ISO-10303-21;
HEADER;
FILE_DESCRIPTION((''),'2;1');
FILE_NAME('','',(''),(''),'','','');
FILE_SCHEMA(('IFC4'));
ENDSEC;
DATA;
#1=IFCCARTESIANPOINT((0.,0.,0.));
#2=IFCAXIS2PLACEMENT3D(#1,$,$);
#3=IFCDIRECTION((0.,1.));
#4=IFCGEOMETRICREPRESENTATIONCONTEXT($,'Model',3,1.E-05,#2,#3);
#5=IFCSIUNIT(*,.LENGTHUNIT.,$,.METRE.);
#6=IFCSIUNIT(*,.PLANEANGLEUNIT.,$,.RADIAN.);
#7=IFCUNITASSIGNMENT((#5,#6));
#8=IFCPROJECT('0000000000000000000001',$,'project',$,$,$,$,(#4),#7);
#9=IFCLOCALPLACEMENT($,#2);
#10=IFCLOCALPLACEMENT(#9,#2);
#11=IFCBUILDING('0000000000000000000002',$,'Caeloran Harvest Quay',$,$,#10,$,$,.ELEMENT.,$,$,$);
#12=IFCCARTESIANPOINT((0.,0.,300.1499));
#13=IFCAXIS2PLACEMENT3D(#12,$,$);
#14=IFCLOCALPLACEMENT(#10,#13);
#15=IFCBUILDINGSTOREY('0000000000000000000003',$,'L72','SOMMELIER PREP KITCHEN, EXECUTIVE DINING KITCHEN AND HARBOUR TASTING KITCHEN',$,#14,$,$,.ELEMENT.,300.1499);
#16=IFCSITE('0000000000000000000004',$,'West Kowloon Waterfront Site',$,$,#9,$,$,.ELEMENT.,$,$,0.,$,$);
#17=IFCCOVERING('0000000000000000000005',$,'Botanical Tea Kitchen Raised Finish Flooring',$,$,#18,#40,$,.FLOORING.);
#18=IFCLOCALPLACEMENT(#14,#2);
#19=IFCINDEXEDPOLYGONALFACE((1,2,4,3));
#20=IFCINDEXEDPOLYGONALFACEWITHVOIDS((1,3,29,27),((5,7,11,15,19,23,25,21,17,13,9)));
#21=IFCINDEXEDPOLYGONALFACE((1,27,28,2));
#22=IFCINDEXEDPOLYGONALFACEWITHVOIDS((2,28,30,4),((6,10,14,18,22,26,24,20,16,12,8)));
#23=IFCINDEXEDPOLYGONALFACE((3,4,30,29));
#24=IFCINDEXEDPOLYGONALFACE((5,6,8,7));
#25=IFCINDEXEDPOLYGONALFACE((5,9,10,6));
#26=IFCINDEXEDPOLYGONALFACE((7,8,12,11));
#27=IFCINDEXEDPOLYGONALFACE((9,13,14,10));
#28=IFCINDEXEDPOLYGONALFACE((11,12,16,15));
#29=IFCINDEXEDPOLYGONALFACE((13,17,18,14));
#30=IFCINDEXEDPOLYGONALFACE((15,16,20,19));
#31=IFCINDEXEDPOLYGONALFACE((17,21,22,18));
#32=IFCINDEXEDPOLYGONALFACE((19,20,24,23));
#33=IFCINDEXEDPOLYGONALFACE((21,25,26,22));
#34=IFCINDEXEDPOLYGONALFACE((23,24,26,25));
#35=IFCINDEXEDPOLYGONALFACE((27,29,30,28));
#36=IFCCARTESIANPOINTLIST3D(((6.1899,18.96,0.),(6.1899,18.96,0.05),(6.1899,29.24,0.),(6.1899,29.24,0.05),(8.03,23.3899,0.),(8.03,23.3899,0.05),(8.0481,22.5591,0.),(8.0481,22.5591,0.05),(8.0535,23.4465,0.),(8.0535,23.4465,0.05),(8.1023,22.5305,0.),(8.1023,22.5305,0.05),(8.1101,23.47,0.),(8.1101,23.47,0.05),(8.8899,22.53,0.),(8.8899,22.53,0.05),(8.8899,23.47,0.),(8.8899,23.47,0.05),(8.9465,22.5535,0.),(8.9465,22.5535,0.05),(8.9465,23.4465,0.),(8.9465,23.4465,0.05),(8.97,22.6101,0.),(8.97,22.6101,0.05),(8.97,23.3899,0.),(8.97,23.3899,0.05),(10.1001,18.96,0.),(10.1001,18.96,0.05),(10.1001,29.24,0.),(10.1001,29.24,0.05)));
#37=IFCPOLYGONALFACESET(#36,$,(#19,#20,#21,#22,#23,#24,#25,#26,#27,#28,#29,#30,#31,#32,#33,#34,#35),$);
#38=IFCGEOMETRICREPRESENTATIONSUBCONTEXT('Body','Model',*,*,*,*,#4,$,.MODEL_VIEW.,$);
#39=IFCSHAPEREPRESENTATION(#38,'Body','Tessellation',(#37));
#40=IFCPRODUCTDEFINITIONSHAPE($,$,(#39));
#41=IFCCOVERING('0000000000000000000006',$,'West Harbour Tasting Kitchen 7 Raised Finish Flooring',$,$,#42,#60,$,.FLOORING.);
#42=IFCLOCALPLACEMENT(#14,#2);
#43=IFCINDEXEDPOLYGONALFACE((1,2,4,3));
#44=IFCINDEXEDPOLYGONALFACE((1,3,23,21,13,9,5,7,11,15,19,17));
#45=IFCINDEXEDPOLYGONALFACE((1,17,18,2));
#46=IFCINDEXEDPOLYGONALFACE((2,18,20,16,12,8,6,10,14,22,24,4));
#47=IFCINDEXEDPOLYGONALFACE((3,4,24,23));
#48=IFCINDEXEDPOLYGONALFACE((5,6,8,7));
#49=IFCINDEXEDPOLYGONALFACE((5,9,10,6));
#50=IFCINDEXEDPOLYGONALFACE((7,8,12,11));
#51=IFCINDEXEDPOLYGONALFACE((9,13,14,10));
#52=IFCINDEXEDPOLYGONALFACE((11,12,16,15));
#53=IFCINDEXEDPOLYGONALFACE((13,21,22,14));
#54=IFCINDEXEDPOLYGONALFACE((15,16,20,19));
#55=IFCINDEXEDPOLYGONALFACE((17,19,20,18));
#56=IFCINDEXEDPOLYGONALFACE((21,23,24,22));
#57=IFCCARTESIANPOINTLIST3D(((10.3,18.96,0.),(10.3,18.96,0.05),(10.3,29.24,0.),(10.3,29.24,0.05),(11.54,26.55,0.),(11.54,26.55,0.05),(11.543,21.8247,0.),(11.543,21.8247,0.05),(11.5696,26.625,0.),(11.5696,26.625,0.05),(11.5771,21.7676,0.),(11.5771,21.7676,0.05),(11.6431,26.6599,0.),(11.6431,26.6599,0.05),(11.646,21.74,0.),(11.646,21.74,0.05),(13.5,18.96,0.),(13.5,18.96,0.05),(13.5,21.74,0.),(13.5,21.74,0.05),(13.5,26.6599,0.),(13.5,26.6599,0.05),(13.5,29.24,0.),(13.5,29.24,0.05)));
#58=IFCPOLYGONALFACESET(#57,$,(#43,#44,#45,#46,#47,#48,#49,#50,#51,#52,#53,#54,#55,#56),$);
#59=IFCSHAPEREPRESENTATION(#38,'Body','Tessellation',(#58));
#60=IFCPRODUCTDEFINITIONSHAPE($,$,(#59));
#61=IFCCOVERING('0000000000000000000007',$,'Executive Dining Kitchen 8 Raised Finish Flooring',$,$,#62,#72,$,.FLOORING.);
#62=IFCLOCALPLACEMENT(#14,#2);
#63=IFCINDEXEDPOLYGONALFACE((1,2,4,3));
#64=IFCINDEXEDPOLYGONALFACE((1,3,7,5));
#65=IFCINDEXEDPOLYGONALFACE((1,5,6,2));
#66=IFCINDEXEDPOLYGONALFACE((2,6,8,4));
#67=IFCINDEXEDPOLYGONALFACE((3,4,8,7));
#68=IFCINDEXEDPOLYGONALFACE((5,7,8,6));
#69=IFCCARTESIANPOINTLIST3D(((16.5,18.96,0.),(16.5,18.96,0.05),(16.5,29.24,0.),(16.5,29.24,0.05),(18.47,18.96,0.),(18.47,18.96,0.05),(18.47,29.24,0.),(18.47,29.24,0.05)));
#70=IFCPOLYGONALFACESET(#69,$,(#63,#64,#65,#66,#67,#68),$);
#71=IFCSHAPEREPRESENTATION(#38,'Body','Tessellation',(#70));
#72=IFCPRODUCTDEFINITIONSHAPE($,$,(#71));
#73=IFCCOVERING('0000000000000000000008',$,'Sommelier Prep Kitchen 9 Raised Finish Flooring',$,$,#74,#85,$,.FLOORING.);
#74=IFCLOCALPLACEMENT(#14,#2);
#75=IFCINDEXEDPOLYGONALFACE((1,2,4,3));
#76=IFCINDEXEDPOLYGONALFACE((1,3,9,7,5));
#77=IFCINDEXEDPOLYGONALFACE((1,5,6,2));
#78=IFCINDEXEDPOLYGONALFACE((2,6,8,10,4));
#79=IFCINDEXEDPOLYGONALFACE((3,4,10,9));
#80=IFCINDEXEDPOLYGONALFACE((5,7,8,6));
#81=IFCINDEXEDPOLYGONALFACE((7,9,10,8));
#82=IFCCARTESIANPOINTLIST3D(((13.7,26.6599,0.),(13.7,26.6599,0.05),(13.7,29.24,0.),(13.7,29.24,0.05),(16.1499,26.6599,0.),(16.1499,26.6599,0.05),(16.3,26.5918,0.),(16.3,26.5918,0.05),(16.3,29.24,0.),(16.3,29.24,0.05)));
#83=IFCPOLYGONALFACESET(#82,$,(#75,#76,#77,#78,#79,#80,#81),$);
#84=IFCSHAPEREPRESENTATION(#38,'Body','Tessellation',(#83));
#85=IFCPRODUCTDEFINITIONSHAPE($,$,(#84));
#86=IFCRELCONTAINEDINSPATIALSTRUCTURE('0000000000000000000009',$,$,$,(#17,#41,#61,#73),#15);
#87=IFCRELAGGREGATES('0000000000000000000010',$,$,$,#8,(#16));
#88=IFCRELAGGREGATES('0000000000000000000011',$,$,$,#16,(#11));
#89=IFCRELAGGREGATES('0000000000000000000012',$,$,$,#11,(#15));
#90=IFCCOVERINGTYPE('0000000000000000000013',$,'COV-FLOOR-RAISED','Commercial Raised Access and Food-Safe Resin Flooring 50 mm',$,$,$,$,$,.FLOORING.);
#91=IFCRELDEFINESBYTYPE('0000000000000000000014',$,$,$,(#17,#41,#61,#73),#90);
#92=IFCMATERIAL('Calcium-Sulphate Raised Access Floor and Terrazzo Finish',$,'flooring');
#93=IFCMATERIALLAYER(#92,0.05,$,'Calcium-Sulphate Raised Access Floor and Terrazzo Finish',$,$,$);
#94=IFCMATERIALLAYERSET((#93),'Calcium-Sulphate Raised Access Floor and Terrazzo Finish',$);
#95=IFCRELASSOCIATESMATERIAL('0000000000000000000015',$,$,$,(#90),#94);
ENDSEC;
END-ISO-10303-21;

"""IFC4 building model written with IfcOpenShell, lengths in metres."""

from ifc_helpers import new_model, si_unit, direction, frame, origin, place, context, subcontext, project, spatial, polyline, outline, extrude, material, layer, layer_set, type_object, element, save


model = new_model("IFC4")

# Units and contexts
model_context = context("Model", 3, precision=1e-05, world=origin(), true_north=direction((0.0, 1.0)))
body_context = subcontext(model_context, "Body", "Model", "MODEL_VIEW")
ifc_project = project(units=[si_unit("LENGTHUNIT", "METRE"), si_unit("PLANEANGLEUNIT", "RADIAN")], contexts=[model_context])

# Site, building, storey
site_placement = place(None, origin())
site = spatial("IfcSite", under=ifc_project, at=site_placement, Name="West Kowloon Waterfront Site", CompositionType="ELEMENT", RefElevation=0.0)
building_placement = place(site_placement, origin())
building = spatial("IfcBuilding", under=site, at=building_placement, Name="Caeloran Harvest Quay", CompositionType="ELEMENT")
storey_placement = place(building_placement, frame((0.0, 0.0, 300.1499)))
storey = spatial("IfcBuildingStorey", under=building, at=storey_placement, Name="L72", Description="SOMMELIER PREP KITCHEN, EXECUTIVE DINING KITCHEN AND HARBOUR TASTING KITCHEN", CompositionType="ELEMENT", Elevation=300.1499)

# Coverings
ifc_material_1 = material(Name="Calcium-Sulphate Raised Access Floor and Terrazzo Finish", Category="flooring")
ifc_layer_1 = layer(ifc_material_1, 0.05, Name="Calcium-Sulphate Raised Access Floor and Terrazzo Finish")
ifc_layer_set_1 = layer_set([ifc_layer_1], Name="Calcium-Sulphate Raised Access Floor and Terrazzo Finish")
covering_type_1 = type_object("IfcCoveringType", Name="COV-FLOOR-RAISED", Description="Commercial Raised Access and Food-Safe Resin Flooring 50 mm", PredefinedType="FLOORING", material=ifc_layer_set_1)
covering_1_placement = place(storey_placement, origin())
element("IfcCovering", 1, at=covering_1_placement, inside=storey, type_object=covering_type_1, Name="Botanical Tea Kitchen Raised Finish Flooring", PredefinedType="FLOORING", context=body_context, shape_type="SweptSolid", body=[
    extrude(outline(polyline([(6.1899, 29.24), (10.1001, 29.24), (10.1001, 18.96), (6.1899, 18.96), (6.1899, 29.24)]), holes=[polyline([(8.03, 23.3899), (8.0481, 22.5591), (8.1023, 22.5305), (8.8899, 22.53), (8.9465, 22.5535), (8.97, 22.6101), (8.97, 23.3899), (8.9465, 23.4465), (8.8899, 23.47), (8.1101, 23.47), (8.0535, 23.4465), (8.03, 23.3899)])]), origin(), (0.0, 0.0, 1.0), 0.05),
])
covering_2_placement = place(storey_placement, origin())
element("IfcCovering", 2, at=covering_2_placement, inside=storey, type_object=covering_type_1, Name="West Harbour Tasting Kitchen 7 Raised Finish Flooring", PredefinedType="FLOORING", context=body_context, shape_type="SweptSolid", body=[
    extrude(outline(polyline([(11.6431, 26.6599), (11.5696, 26.625), (11.54, 26.55), (11.543, 21.8247), (11.5771, 21.7676), (11.646, 21.74), (13.5, 21.74), (13.5, 18.96), (10.3, 18.96), (10.3, 29.24), (13.5, 29.24), (13.5, 26.6599), (11.6431, 26.6599)])), origin(), (0.0, 0.0, 1.0), 0.05),
])
covering_3_placement = place(storey_placement, origin())
element("IfcCovering", 3, at=covering_3_placement, inside=storey, type_object=covering_type_1, Name="Executive Dining Kitchen 8 Raised Finish Flooring", PredefinedType="FLOORING", context=body_context, shape_type="SweptSolid", body=[
    extrude(outline(polyline([(16.5, 29.24), (18.47, 29.24), (18.47, 18.96), (16.5, 18.96), (16.5, 29.24)])), origin(), (0.0, 0.0, 1.0), 0.05),
])
covering_4_placement = place(storey_placement, origin())
element("IfcCovering", 4, at=covering_4_placement, inside=storey, type_object=covering_type_1, Name="Sommelier Prep Kitchen 9 Raised Finish Flooring", PredefinedType="FLOORING", context=body_context, shape_type="SweptSolid", body=[
    extrude(outline(polyline([(16.3, 26.5918), (16.1499, 26.6599), (13.7, 26.6599), (13.7, 29.24), (16.3, 29.24), (16.3, 26.5918)])), origin(), (0.0, 0.0, 1.0), 0.05),
])

save(model, "model.ifc")
